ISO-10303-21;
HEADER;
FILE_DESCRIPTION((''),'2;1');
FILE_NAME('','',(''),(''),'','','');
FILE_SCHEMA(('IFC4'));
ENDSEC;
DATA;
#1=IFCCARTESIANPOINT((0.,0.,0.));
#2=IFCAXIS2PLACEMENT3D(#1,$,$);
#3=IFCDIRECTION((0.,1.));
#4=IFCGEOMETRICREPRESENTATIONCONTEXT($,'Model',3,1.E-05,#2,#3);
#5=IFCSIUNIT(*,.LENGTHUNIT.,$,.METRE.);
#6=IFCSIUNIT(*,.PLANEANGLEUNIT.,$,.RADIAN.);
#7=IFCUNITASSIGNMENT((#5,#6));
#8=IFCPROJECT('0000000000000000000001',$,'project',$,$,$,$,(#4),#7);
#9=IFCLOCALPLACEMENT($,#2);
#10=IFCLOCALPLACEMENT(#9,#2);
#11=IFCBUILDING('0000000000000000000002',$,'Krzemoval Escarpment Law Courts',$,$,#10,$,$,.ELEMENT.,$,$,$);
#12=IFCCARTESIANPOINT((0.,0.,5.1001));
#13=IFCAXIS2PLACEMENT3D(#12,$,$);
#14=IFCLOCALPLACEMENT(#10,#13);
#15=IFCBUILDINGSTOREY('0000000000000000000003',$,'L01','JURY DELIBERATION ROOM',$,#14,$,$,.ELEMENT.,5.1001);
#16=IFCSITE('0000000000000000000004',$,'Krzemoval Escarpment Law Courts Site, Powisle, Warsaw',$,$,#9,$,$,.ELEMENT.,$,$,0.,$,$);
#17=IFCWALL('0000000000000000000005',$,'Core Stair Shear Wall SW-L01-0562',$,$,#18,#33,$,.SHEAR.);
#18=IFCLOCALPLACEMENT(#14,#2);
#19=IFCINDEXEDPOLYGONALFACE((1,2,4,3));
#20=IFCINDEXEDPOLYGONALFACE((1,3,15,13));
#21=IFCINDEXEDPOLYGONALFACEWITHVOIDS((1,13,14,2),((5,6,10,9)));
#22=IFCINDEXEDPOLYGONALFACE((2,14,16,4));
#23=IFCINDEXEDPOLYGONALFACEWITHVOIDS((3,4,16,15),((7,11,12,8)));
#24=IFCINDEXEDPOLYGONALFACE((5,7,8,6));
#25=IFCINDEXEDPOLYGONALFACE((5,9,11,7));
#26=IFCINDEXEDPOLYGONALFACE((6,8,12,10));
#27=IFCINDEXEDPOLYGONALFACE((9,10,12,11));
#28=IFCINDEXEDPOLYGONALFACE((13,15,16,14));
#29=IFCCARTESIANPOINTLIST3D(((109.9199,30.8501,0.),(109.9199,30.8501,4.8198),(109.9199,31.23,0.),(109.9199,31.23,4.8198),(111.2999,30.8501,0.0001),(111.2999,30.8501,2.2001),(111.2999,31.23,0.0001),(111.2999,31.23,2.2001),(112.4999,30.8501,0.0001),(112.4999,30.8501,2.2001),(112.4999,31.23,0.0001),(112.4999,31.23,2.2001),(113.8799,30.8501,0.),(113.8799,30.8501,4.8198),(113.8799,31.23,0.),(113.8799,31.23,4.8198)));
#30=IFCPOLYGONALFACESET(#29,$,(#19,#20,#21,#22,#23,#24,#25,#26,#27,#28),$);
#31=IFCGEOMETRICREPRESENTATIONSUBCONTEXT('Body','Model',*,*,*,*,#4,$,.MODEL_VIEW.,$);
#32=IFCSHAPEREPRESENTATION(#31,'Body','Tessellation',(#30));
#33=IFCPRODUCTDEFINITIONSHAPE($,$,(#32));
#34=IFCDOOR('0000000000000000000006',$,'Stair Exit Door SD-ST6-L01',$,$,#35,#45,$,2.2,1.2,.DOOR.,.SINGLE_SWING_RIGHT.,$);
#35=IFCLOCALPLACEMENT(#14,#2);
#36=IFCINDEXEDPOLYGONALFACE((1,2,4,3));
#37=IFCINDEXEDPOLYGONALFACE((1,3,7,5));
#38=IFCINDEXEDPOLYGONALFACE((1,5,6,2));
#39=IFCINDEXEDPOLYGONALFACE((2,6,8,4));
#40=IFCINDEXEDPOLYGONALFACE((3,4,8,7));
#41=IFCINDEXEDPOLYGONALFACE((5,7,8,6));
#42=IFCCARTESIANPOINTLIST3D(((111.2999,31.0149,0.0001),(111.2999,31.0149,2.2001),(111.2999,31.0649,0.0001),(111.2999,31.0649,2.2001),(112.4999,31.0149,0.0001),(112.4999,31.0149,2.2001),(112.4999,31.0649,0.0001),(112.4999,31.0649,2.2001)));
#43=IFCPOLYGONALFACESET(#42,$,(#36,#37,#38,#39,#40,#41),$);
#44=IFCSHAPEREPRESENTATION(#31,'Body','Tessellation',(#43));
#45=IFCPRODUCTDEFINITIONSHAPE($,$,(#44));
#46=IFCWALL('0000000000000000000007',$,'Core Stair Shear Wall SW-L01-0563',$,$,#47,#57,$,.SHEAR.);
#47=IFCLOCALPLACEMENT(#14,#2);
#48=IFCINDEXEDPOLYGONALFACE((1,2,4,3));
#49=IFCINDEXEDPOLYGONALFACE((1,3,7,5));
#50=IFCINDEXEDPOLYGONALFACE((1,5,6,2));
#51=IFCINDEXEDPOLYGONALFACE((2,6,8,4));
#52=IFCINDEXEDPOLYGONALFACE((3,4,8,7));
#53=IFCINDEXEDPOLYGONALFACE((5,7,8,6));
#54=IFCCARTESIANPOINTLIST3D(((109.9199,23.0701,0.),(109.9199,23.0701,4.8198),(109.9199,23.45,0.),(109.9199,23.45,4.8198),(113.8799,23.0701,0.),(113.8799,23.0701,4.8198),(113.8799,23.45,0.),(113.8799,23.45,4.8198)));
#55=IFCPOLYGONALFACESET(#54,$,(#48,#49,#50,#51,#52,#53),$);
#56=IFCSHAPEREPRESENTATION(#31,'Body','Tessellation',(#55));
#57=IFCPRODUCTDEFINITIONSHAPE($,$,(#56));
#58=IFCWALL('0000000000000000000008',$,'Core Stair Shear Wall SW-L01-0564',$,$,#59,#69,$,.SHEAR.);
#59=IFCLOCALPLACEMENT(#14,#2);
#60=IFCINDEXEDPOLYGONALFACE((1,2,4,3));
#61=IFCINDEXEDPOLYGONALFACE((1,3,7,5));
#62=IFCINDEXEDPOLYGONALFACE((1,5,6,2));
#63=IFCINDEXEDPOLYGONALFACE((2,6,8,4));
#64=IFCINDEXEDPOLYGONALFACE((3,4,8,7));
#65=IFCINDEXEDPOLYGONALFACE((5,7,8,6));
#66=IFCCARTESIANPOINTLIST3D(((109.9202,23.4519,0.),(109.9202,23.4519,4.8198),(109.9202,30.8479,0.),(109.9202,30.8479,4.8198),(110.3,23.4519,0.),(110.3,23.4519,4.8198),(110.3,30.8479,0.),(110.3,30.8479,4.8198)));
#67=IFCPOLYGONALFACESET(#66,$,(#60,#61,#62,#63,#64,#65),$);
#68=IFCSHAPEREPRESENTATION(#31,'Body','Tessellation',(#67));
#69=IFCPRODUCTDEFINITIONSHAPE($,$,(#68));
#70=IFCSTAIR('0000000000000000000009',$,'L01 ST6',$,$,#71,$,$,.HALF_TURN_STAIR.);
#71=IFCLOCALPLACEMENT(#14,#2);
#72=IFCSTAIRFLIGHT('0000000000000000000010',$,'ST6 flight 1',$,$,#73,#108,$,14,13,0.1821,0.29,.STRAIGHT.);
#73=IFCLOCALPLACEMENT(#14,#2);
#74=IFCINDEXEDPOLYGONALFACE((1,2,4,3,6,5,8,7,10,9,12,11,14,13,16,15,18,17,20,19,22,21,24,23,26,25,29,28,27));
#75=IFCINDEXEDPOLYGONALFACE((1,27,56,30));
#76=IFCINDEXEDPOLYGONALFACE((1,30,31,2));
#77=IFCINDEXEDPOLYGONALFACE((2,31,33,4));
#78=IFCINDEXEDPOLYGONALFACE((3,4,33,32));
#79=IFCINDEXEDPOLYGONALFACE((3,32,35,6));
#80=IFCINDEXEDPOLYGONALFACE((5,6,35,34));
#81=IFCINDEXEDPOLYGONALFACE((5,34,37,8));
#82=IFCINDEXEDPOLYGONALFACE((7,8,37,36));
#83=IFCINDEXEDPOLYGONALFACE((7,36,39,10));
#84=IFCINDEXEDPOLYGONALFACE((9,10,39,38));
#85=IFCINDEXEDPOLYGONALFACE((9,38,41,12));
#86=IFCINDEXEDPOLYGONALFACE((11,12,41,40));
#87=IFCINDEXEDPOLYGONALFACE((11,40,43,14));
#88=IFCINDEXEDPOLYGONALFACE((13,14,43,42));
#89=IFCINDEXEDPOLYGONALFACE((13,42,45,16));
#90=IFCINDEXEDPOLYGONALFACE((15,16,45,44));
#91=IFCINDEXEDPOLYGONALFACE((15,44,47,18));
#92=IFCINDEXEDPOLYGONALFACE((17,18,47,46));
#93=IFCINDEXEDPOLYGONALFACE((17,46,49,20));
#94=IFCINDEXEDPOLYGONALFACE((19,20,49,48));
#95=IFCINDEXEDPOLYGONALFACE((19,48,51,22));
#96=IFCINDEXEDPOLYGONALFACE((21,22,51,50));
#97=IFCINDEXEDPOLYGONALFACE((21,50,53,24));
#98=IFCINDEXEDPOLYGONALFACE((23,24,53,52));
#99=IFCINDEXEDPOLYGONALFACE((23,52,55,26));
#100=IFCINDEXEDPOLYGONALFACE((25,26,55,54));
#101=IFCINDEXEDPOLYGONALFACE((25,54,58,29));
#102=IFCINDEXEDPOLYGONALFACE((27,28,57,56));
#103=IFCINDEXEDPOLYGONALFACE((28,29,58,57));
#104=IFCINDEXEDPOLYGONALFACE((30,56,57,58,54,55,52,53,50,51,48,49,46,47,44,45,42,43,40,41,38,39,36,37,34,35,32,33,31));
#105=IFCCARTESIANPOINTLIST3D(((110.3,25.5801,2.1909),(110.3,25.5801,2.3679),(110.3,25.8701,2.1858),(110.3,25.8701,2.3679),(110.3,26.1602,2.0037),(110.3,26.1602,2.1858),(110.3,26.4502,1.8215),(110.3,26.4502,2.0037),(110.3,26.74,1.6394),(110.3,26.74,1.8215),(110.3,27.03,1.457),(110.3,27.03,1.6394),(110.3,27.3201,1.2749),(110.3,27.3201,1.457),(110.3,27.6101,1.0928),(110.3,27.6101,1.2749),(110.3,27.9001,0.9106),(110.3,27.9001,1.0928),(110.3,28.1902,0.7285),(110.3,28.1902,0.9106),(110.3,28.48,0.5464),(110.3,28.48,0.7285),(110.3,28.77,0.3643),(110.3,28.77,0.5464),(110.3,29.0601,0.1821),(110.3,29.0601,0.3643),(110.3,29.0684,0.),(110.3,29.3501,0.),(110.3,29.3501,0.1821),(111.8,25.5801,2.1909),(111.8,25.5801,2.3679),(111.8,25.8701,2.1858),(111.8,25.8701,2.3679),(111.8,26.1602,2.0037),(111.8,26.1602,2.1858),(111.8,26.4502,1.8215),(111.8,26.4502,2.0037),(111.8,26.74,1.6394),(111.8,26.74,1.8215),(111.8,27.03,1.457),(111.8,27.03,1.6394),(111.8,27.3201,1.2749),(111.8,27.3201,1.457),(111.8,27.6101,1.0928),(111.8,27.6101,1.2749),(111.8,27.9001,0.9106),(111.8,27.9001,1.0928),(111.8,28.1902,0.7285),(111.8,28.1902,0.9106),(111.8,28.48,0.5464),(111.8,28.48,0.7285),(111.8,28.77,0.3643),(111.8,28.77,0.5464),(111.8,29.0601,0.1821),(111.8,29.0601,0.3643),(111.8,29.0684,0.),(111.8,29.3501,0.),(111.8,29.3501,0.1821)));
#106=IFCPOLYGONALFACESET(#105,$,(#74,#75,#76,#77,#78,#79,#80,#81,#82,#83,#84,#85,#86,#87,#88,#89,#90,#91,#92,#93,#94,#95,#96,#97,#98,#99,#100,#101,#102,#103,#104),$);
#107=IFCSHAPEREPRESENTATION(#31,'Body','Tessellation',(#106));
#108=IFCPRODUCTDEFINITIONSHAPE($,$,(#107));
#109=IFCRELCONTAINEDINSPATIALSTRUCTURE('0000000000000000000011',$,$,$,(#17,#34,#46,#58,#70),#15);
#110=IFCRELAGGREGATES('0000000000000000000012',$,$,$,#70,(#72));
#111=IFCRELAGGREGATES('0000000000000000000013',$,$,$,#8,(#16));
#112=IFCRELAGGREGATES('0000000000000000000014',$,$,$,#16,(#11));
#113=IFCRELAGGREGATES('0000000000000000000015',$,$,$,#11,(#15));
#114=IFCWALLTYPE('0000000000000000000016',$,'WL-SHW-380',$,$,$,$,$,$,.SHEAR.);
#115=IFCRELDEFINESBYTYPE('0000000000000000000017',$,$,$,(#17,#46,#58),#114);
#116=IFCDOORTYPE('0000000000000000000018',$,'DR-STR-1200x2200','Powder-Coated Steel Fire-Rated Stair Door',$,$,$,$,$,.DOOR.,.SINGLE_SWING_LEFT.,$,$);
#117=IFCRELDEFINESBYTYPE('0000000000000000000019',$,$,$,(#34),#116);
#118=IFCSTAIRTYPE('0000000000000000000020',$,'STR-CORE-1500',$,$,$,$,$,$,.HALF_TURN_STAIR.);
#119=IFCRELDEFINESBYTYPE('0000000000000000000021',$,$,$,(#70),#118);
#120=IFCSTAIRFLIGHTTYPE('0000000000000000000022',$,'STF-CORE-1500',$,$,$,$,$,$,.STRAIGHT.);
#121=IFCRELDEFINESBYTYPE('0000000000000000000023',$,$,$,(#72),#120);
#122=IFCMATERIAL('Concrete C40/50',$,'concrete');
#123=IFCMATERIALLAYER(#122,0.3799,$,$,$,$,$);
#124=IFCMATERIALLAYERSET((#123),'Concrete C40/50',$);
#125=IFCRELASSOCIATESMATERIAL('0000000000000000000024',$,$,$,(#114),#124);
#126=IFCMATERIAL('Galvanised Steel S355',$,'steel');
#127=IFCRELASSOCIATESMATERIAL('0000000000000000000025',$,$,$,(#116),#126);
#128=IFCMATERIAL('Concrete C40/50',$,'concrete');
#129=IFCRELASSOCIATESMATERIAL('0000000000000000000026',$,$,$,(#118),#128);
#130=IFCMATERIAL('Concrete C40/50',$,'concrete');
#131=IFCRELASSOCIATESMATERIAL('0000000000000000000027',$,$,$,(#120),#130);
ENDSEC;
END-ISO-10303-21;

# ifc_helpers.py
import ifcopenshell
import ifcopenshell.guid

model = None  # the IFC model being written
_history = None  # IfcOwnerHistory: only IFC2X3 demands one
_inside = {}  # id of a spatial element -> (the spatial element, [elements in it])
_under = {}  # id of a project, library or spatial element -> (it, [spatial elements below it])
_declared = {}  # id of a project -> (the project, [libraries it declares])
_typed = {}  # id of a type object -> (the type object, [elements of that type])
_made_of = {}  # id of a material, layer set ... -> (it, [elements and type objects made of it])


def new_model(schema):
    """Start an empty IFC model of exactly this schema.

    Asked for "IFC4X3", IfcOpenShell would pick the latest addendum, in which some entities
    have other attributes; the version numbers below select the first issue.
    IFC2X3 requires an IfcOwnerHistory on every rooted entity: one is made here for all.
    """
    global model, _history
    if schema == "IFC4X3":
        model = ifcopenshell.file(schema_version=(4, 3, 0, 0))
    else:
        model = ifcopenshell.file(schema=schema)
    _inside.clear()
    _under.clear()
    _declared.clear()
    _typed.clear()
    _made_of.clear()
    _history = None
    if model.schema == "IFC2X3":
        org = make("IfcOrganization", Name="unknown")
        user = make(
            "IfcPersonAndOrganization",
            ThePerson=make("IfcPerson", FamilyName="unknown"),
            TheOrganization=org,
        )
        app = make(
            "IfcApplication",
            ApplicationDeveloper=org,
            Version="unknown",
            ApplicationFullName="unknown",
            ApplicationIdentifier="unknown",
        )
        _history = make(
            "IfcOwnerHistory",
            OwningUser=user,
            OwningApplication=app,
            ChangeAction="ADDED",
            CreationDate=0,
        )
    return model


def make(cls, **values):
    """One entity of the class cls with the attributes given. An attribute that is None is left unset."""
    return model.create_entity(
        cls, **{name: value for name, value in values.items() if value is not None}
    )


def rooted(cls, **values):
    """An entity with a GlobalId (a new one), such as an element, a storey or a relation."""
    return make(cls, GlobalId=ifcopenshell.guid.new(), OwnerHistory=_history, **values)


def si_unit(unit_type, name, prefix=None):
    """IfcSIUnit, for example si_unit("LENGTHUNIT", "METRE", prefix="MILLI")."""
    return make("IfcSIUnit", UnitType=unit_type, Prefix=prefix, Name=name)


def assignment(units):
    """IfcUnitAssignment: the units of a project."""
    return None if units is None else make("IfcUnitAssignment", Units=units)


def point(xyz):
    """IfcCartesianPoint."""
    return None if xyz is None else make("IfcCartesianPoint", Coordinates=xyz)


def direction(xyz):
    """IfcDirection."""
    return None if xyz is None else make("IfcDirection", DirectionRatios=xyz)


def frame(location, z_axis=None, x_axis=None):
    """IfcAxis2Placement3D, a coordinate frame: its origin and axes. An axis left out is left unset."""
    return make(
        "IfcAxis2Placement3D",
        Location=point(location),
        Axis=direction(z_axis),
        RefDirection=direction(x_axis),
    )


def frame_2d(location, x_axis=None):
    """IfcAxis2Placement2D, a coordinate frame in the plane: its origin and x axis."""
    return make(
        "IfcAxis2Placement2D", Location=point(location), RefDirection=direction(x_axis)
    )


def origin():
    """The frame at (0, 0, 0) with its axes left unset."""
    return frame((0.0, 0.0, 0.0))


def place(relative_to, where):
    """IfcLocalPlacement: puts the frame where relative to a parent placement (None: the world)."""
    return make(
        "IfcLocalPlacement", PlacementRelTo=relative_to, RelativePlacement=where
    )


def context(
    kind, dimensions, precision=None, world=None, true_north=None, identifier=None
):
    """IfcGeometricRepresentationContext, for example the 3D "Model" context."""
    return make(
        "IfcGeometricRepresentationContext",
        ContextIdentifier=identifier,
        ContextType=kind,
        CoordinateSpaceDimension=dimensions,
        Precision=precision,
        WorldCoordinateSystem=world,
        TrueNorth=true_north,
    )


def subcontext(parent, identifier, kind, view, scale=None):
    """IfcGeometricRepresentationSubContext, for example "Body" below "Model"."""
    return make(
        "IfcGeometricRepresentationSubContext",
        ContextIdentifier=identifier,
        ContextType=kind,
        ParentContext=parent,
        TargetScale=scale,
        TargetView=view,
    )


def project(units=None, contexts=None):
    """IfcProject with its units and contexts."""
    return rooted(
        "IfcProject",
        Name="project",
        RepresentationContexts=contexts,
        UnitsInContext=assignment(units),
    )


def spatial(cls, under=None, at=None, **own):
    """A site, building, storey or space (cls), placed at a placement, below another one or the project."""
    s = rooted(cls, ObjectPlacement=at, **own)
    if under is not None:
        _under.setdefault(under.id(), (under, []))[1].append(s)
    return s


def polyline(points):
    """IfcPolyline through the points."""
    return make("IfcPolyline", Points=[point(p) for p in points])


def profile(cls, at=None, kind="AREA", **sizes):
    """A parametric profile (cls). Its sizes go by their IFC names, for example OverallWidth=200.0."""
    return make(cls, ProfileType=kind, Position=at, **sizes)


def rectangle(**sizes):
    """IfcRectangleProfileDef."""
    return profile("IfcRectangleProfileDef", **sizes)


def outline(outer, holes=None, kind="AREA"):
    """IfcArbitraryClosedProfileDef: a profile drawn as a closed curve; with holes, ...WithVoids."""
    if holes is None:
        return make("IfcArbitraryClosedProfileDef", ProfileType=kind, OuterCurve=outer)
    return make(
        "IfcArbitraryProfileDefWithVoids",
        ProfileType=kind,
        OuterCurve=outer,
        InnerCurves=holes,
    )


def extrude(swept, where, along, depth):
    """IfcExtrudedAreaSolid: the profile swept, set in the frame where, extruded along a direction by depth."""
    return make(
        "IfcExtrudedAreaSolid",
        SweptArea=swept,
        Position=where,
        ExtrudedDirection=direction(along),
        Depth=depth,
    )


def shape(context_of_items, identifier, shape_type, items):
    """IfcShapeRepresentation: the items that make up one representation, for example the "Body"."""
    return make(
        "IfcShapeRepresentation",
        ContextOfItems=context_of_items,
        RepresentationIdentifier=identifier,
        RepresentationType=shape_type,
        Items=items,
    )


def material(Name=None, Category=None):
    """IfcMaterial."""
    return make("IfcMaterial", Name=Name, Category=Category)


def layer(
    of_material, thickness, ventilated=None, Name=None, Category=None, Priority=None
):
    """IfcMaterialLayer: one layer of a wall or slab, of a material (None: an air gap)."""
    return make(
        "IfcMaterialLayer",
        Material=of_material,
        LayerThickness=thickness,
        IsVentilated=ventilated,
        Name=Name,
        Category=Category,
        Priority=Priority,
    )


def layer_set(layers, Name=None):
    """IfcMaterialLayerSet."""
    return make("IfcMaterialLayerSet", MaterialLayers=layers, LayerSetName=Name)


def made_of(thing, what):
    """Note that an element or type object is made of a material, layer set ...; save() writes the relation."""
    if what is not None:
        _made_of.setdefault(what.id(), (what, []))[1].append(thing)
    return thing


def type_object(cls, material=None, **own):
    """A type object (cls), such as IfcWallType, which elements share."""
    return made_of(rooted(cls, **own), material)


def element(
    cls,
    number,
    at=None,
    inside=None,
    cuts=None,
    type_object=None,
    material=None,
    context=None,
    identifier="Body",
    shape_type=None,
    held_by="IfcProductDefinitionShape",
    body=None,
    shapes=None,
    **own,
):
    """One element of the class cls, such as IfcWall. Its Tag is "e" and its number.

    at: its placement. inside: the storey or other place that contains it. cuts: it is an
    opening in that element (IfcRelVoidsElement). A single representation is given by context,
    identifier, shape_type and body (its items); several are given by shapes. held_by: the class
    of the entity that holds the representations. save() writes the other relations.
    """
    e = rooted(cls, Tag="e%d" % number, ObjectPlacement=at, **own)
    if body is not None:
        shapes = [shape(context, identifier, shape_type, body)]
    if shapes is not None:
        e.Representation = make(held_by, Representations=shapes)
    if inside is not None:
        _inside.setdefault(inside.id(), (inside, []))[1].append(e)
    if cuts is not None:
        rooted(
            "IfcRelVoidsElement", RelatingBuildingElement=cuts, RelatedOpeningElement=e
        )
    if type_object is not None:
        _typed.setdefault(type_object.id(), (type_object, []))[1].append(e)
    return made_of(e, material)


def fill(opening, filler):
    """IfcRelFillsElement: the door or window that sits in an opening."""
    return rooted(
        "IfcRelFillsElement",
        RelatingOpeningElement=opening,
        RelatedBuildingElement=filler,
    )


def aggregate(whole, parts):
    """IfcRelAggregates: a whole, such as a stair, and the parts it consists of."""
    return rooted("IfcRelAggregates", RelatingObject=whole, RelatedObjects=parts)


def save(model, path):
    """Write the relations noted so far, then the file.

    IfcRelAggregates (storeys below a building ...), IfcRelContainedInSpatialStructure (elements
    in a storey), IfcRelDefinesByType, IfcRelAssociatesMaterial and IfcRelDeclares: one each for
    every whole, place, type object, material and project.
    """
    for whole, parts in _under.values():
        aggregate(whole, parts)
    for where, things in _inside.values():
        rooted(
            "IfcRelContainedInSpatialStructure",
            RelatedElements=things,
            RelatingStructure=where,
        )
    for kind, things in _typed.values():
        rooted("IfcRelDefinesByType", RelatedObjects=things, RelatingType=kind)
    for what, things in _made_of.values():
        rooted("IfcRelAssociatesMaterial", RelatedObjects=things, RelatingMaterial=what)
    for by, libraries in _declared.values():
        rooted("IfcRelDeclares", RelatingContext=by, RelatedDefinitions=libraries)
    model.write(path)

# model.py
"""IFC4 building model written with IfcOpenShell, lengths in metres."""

from ifc_helpers import new_model, si_unit, direction, frame, frame_2d, origin, place, context, subcontext, project, spatial, polyline, rectangle, outline, extrude, material, layer, layer_set, type_object, element, fill, aggregate, save


model = new_model("IFC4")

# Units and contexts
model_context = context("Model", 3, precision=1e-05, world=origin(), true_north=direction((0.0, 1.0)))
body_context = subcontext(model_context, "Body", "Model", "MODEL_VIEW")
ifc_project = project(units=[si_unit("LENGTHUNIT", "METRE"), si_unit("PLANEANGLEUNIT", "RADIAN")], contexts=[model_context])

# Site, building, storey
site_placement = place(None, origin())
site = spatial("IfcSite", under=ifc_project, at=site_placement, Name="Krzemoval Escarpment Law Courts Site, Powisle, Warsaw", CompositionType="ELEMENT", RefElevation=0.0)
building_placement = place(site_placement, origin())
building = spatial("IfcBuilding", under=site, at=building_placement, Name="Krzemoval Escarpment Law Courts", CompositionType="ELEMENT")
storey_placement = place(building_placement, frame((0.0, 0.0, 5.1001)))
storey = spatial("IfcBuildingStorey", under=building, at=storey_placement, Name="L01", Description="JURY DELIBERATION ROOM", CompositionType="ELEMENT", Elevation=5.1001)

# Wall, opening, door
ifc_material_1 = material(Name="Concrete C40/50", Category="concrete")
ifc_layer_1 = layer(ifc_material_1, 0.3799)
ifc_layer_set_1 = layer_set([ifc_layer_1], Name="Concrete C40/50")
wall_type_1 = type_object("IfcWallType", Name="WL-SHW-380", PredefinedType="SHEAR", material=ifc_layer_set_1)
wall_1_placement = place(storey_placement, frame((109.9199, 31.04, 0.0), z_axis=(0.0, 0.0, 1.0), x_axis=(1.0, 0.0, 0.0)))
wall_1 = element("IfcWall", 1, at=wall_1_placement, inside=storey, type_object=wall_type_1, Name="Core Stair Shear Wall SW-L01-0562", PredefinedType="SHEAR", context=body_context, shape_type="SweptSolid", body=[
    extrude(rectangle(XDim=3.96, YDim=0.3799, at=frame_2d((1.98, 0.0))), origin(), (0.0, 0.0, 1.0), 4.8198),
])
opening_1_placement = place(wall_1_placement, frame((1.3799, 0.0, 0.0)))
opening_1 = element("IfcOpeningElement", 2, at=opening_1_placement, cuts=wall_1, PredefinedType="OPENING", context=body_context, shape_type="SweptSolid", body=[
    extrude(rectangle(XDim=1.2, YDim=2.2, at=frame_2d((0.6001, 1.1001))), frame((0.0, 0.2049, 0.0), z_axis=(0.0, -1.0, 0.0), x_axis=(1.0, 0.0, 0.0)), (0.0, 0.0, 1.0), 0.4099),
])
ifc_material_2 = material(Name="Galvanised Steel S355", Category="steel")
door_type = type_object("IfcDoorType", Name="DR-STR-1200x2200", Description="Powder-Coated Steel Fire-Rated Stair Door", OperationType="SINGLE_SWING_LEFT", PredefinedType="DOOR", material=ifc_material_2)
door_placement = place(opening_1_placement, origin())
door = element("IfcDoor", 3, at=door_placement, inside=storey, type_object=door_type, Name="Stair Exit Door SD-ST6-L01", OperationType="SINGLE_SWING_RIGHT", OverallHeight=2.2, OverallWidth=1.2, PredefinedType="DOOR", context=body_context, shape_type="SweptSolid", body=[
    extrude(rectangle(XDim=1.2, YDim=2.2, at=frame_2d((0.6001, 1.1001))), frame((0.0, 0.0249, 0.0), z_axis=(0.0, -1.0, 0.0), x_axis=(1.0, 0.0, 0.0)), (0.0, 0.0, 1.0), 0.05),
])
fill(opening_1, door)

# Walls
wall_2_placement = place(storey_placement, frame((109.9199, 23.26, 0.0), z_axis=(0.0, 0.0, 1.0), x_axis=(1.0, 0.0, 0.0)))
element("IfcWall", 4, at=wall_2_placement, inside=storey, type_object=wall_type_1, Name="Core Stair Shear Wall SW-L01-0563", PredefinedType="SHEAR", context=body_context, shape_type="SweptSolid", body=[
    extrude(rectangle(XDim=3.96, YDim=0.3799, at=frame_2d((1.98, 0.0))), origin(), (0.0, 0.0, 1.0), 4.8198),
])
wall_3_placement = place(storey_placement, frame((110.1101, 23.4519, 0.0), z_axis=(0.0, 0.0, 1.0), x_axis=(0.0, 1.0, 0.0)))
element("IfcWall", 5, at=wall_3_placement, inside=storey, type_object=wall_type_1, Name="Core Stair Shear Wall SW-L01-0564", PredefinedType="SHEAR", context=body_context, shape_type="SweptSolid", body=[
    extrude(rectangle(XDim=7.396, YDim=0.3799, at=frame_2d((3.698, 0.0))), origin(), (0.0, 0.0, 1.0), 4.8198),
])

# Stair, stair flight
ifc_material_3 = material(Name="Concrete C40/50", Category="concrete")
stair_type = type_object("IfcStairType", Name="STR-CORE-1500", PredefinedType="HALF_TURN_STAIR", material=ifc_material_3)
stair_placement = place(storey_placement, origin())
stair = element("IfcStair", 6, at=stair_placement, inside=storey, type_object=stair_type, Name="L01 ST6", PredefinedType="HALF_TURN_STAIR")
ifc_material_4 = material(Name="Concrete C40/50", Category="concrete")
stair_flight_type = type_object("IfcStairFlightType", Name="STF-CORE-1500", PredefinedType="STRAIGHT", material=ifc_material_4)
stair_flight_placement = place(storey_placement, frame((111.05, 29.3501, 0.0), z_axis=(0.0, 0.0, 1.0), x_axis=(0.0, -1.0, 0.0)))
stair_flight = element("IfcStairFlight", 7, at=stair_flight_placement, type_object=stair_flight_type, Name="ST6 flight 1", NumberOfRisers=14, NumberOfTreads=13, PredefinedType="STRAIGHT", RiserHeight=0.1821, TreadLength=0.29, context=body_context, shape_type="SweptSolid", body=[
    extrude(outline(polyline([(0.0, 0.0), (0.0, 0.1821), (0.29, 0.1821), (0.29, 0.3643), (0.5801, 0.3643), (0.5801, 0.5464), (0.8701, 0.5464), (0.8701, 0.7285), (1.1599, 0.7285), (1.1599, 0.9106), (1.45, 0.9106), (1.45, 1.0928), (1.74, 1.0928), (1.74, 1.2749), (2.03, 1.2749), (2.03, 1.457), (2.3201, 1.457), (2.3201, 1.6394), (2.6101, 1.6394), (2.6101, 1.8215), (2.8999, 1.8215), (2.8999, 2.0037), (3.1899, 2.0037), (3.1899, 2.1858), (3.48, 2.1858), (3.48, 2.3679), (3.77, 2.3679), (3.77, 2.55), (3.77, 2.1909), (0.2817, 0.0), (0.0, 0.0)])), frame((0.0, 0.75, 0.0), z_axis=(0.0, -1.0, 0.0), x_axis=(1.0, 0.0, 0.0)), (0.0, 0.0, 1.0), 1.5),
])
aggregate(stair, [stair_flight])

save(model, "model.ifc")
